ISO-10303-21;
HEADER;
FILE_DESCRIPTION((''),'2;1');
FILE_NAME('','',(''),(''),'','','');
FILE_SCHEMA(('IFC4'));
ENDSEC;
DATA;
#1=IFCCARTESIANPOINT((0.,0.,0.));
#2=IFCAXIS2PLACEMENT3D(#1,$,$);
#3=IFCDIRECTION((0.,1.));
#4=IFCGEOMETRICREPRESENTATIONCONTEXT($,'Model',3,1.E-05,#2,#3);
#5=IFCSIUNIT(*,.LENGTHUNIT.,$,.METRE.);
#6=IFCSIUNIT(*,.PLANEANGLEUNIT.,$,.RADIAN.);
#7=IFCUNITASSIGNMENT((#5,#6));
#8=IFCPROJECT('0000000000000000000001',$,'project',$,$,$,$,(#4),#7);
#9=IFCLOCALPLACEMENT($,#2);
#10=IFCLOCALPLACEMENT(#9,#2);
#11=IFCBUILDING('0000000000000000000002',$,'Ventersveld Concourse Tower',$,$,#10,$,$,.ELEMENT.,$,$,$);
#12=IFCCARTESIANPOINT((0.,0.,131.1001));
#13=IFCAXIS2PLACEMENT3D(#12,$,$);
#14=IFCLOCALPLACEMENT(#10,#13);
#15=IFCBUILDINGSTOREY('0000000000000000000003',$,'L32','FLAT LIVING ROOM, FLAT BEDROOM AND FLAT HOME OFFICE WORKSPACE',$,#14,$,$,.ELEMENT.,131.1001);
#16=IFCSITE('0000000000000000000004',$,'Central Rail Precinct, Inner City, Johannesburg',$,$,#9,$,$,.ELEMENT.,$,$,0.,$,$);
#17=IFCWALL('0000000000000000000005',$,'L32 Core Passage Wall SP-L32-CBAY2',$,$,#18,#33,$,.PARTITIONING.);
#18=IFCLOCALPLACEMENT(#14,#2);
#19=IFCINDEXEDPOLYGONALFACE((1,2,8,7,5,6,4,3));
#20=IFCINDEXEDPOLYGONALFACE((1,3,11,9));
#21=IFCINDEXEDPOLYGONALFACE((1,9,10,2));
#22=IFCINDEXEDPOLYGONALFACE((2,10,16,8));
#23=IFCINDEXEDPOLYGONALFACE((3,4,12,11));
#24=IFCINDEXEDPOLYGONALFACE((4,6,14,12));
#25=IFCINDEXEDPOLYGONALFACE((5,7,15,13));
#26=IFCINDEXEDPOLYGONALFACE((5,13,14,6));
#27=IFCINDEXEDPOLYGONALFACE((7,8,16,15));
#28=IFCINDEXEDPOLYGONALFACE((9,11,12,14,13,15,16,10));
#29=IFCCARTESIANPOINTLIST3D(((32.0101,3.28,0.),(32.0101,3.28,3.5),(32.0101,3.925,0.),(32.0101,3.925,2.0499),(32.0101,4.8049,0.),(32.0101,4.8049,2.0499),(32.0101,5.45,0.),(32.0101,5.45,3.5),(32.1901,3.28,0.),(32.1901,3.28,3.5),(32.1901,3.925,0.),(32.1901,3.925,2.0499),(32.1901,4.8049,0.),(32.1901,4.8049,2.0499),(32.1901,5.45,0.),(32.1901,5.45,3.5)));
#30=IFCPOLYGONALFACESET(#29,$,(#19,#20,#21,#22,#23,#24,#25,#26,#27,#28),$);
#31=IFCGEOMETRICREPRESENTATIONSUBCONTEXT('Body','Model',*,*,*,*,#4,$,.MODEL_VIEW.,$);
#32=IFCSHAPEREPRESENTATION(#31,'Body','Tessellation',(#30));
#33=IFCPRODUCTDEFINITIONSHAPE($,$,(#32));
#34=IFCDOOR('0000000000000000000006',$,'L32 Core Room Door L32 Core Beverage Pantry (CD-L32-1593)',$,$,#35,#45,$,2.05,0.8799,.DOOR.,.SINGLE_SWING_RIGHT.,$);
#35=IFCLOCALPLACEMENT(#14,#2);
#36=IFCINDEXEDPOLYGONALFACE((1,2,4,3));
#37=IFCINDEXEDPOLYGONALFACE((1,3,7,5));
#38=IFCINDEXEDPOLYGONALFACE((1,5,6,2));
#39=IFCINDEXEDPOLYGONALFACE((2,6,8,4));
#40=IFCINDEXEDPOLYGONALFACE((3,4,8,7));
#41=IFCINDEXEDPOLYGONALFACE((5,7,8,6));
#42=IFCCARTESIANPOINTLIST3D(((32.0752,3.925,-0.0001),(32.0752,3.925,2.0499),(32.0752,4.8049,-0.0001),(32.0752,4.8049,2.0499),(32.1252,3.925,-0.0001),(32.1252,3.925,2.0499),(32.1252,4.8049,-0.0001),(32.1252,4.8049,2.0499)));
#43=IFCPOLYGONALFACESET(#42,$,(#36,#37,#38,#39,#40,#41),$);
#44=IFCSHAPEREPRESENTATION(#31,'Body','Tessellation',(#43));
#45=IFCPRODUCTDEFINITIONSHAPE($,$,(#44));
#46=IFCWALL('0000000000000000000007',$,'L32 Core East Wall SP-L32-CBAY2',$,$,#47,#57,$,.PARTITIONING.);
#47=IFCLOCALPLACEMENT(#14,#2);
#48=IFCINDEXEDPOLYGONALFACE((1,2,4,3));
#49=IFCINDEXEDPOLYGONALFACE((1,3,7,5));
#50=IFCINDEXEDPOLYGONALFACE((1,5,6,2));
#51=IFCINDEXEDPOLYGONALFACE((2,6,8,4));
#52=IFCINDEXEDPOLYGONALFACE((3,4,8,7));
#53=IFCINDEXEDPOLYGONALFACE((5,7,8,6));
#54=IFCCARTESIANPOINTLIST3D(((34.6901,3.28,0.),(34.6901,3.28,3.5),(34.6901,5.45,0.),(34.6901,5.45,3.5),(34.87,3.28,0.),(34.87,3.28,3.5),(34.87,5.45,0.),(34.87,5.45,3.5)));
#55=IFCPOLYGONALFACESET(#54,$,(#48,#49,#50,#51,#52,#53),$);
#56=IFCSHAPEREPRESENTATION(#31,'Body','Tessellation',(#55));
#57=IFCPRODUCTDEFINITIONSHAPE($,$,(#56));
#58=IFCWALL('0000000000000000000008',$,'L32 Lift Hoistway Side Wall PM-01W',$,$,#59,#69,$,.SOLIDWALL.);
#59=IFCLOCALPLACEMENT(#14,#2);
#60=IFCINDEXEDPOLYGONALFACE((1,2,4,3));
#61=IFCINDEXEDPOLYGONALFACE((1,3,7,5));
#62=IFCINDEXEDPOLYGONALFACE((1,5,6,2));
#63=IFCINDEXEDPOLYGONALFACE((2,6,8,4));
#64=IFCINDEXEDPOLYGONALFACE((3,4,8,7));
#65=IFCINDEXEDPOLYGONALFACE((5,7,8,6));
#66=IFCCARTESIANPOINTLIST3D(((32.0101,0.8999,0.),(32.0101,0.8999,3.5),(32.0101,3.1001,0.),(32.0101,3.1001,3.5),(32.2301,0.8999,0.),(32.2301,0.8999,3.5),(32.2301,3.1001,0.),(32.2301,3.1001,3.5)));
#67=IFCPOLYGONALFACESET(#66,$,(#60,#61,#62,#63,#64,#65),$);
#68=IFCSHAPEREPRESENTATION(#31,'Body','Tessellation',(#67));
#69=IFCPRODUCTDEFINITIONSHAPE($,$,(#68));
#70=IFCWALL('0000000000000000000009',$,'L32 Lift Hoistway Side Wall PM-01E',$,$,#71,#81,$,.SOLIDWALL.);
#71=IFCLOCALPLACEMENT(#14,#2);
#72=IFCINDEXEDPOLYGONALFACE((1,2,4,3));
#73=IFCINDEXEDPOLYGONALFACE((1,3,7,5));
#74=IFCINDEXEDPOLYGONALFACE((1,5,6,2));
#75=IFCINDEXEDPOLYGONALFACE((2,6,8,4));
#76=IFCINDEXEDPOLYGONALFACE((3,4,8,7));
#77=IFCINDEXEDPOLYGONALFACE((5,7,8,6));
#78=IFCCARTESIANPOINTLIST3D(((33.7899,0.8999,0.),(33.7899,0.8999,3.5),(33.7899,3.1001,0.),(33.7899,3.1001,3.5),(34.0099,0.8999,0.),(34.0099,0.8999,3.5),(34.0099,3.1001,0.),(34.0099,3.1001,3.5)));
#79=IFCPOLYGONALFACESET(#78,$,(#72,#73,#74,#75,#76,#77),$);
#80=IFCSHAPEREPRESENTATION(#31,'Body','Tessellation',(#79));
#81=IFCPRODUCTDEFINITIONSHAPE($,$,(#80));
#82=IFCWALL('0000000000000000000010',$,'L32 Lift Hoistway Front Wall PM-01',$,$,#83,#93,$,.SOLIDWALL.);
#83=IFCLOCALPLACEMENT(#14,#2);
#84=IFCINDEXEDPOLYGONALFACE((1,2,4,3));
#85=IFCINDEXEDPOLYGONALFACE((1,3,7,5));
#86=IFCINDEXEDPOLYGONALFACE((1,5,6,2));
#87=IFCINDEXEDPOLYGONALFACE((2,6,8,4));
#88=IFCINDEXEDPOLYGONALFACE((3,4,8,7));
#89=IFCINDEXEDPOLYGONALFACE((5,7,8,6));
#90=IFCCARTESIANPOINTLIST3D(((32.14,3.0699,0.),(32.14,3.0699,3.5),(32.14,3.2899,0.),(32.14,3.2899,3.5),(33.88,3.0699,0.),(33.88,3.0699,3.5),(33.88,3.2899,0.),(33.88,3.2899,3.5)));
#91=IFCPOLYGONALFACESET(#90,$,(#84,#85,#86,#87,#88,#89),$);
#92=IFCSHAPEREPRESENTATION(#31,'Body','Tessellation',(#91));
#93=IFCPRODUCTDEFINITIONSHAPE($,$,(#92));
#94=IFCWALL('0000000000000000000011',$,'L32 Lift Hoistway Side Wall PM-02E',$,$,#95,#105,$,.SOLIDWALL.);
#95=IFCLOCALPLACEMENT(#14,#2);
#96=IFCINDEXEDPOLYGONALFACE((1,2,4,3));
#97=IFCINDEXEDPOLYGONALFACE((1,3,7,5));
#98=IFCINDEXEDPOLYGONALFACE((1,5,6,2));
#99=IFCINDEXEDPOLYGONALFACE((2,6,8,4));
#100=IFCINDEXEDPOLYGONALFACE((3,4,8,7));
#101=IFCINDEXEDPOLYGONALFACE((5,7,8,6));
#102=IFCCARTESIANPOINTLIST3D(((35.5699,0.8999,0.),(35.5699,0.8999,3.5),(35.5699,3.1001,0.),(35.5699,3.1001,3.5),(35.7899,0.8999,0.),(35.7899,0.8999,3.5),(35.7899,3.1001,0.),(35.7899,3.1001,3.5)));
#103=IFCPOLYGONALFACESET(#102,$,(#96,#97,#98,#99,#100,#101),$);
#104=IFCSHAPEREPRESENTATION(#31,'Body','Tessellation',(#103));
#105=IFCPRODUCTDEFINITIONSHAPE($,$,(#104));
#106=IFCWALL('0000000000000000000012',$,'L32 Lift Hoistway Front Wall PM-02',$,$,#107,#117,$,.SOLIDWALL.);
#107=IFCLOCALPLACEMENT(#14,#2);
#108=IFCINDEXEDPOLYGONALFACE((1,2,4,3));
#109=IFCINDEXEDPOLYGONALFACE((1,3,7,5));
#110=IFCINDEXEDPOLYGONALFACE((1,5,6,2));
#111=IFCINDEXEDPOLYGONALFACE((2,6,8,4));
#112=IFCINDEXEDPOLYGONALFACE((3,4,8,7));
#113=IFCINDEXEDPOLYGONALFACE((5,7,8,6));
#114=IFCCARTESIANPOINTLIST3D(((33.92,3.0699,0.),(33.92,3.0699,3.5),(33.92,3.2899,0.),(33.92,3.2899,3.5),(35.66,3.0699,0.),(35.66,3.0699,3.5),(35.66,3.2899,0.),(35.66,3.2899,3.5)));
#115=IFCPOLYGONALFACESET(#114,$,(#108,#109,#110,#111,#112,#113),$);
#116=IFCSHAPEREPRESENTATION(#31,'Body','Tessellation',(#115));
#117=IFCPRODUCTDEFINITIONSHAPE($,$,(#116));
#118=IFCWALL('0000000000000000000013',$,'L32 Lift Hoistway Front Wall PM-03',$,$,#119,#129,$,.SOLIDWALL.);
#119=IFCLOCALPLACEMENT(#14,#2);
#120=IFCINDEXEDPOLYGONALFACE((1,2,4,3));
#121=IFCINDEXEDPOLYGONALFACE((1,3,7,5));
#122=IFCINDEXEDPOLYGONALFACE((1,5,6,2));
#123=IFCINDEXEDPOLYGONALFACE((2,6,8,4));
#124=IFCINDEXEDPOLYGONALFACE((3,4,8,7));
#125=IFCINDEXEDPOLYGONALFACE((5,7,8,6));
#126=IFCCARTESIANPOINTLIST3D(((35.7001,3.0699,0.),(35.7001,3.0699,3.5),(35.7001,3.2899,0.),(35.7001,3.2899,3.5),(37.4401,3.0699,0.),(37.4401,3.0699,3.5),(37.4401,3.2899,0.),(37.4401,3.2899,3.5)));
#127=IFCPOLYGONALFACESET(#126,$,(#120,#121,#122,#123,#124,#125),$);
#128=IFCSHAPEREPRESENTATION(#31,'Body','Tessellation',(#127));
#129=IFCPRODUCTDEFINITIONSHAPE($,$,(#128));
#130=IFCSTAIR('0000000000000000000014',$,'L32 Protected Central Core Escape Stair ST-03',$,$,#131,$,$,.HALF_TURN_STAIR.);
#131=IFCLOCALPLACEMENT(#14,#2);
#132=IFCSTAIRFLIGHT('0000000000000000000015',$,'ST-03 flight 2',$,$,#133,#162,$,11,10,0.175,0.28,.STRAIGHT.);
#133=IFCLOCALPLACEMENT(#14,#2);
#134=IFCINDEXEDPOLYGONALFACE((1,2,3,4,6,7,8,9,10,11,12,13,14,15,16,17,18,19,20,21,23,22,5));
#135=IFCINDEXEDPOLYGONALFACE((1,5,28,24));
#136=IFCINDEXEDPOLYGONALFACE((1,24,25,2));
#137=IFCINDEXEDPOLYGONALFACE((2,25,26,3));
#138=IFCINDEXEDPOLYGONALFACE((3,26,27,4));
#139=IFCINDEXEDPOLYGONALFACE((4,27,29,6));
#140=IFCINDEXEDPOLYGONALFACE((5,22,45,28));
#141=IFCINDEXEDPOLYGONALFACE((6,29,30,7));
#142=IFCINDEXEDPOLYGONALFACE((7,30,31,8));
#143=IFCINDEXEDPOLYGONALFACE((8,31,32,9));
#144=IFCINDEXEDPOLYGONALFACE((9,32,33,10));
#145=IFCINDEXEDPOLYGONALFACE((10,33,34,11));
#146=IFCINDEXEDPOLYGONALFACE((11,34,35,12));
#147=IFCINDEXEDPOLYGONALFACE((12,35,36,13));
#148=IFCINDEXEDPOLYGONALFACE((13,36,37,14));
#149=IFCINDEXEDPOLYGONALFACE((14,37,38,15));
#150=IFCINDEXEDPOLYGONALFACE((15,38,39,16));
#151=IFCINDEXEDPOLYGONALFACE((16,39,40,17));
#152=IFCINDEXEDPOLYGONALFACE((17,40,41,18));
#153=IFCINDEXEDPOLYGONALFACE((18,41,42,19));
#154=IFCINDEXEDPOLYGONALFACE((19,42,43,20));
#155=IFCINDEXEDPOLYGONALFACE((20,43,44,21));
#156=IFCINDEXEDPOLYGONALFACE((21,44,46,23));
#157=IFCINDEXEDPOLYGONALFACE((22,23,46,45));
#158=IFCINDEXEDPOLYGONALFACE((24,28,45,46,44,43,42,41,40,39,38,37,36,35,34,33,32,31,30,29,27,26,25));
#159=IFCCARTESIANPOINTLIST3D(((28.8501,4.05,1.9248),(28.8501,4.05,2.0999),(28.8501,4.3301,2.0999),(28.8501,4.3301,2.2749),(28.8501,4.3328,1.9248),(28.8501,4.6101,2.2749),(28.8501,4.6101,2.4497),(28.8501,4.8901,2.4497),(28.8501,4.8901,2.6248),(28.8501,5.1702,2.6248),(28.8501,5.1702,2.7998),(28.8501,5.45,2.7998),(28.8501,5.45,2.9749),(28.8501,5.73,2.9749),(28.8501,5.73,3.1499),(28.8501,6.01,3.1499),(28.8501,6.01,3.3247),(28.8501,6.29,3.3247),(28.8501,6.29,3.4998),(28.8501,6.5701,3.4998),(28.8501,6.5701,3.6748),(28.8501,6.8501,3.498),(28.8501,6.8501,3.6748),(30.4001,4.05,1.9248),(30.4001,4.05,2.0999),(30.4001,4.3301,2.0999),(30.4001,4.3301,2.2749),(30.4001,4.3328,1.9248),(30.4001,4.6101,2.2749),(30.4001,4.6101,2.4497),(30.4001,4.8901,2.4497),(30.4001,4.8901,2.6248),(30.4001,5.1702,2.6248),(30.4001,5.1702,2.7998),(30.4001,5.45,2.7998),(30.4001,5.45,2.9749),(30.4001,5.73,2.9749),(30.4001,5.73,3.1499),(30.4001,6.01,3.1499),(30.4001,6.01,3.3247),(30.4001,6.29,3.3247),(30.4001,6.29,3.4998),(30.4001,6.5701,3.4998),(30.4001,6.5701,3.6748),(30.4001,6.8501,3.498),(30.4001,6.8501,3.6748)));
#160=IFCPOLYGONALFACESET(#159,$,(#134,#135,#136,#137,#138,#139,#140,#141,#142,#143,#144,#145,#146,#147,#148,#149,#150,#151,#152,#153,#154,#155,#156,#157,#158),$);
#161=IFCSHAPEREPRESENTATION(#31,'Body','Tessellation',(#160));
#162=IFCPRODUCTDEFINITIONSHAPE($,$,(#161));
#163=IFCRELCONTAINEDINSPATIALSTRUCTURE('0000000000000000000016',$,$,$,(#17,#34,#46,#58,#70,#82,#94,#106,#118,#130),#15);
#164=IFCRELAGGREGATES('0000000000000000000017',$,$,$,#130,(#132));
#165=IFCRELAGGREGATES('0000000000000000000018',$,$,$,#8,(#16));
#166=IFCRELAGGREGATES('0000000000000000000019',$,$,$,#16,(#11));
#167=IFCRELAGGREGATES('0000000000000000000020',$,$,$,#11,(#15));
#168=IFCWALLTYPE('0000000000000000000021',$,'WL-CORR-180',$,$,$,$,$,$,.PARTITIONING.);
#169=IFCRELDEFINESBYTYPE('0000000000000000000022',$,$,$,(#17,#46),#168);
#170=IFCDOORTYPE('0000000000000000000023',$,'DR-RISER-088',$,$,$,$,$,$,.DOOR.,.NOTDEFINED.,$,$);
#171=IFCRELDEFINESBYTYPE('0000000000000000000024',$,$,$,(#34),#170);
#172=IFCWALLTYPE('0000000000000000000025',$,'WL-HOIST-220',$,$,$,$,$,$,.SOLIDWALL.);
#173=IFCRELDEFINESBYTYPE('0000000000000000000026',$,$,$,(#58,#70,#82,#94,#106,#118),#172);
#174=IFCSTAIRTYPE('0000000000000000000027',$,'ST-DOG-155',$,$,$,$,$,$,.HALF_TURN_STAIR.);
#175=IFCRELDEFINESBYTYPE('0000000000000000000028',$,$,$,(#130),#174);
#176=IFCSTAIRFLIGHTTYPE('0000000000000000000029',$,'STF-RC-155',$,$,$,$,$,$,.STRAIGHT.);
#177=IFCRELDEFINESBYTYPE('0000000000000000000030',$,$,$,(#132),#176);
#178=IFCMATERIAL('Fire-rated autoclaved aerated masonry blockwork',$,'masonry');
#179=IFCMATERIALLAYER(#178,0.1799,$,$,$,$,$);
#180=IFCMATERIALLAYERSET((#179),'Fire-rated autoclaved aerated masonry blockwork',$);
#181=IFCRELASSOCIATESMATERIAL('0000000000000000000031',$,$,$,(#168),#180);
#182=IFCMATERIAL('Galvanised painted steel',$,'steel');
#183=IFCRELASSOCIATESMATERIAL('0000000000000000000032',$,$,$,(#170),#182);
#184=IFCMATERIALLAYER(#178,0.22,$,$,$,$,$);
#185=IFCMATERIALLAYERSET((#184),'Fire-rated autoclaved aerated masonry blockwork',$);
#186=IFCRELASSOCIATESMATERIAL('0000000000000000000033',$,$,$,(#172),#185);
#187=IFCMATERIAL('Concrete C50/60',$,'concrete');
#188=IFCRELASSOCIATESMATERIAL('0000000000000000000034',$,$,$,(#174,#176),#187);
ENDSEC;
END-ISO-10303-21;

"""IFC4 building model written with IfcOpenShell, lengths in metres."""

from ifc_helpers import new_model, si_unit, direction, frame, frame_2d, origin, place, context, subcontext, project, spatial, polyline, rectangle, outline, extrude, material, layer, layer_set, type_object, element, fill, aggregate, save


model = new_model("IFC4")

# Units and contexts
model_context = context("Model", 3, precision=1e-05, world=origin(), true_north=direction((0.0, 1.0)))
body_context = subcontext(model_context, "Body", "Model", "MODEL_VIEW")
ifc_project = project(units=[si_unit("LENGTHUNIT", "METRE"), si_unit("PLANEANGLEUNIT", "RADIAN")], contexts=[model_context])

# Site, building, storey
site_placement = place(None, origin())
site = spatial("IfcSite", under=ifc_project, at=site_placement, Name="Central Rail Precinct, Inner City, Johannesburg", CompositionType="ELEMENT", RefElevation=0.0)
building_placement = place(site_placement, origin())
building = spatial("IfcBuilding", under=site, at=building_placement, Name="Ventersveld Concourse Tower", CompositionType="ELEMENT")
storey_placement = place(building_placement, frame((0.0, 0.0, 131.1001)))
storey = spatial("IfcBuildingStorey", under=building, at=storey_placement, Name="L32", Description="FLAT LIVING ROOM, FLAT BEDROOM AND FLAT HOME OFFICE WORKSPACE", CompositionType="ELEMENT", Elevation=131.1001)

# Shared definitions
ifc_material_1 = material(Name="Concrete C50/60", Category="concrete")

# Wall, opening, door
ifc_material_2 = material(Name="Fire-rated autoclaved aerated masonry blockwork", Category="masonry")
ifc_layer_1 = layer(ifc_material_2, 0.1799)
ifc_layer_set_1 = layer_set([ifc_layer_1], Name="Fire-rated autoclaved aerated masonry blockwork")
wall_type_1 = type_object("IfcWallType", Name="WL-CORR-180", PredefinedType="PARTITIONING", material=ifc_layer_set_1)
wall_1_placement = place(storey_placement, frame((32.1001, 3.28, 0.0), z_axis=(0.0, 0.0, 1.0), x_axis=(0.0, 1.0, 0.0)))
wall_1 = element("IfcWall", 1, at=wall_1_placement, inside=storey, type_object=wall_type_1, Name="L32 Core Passage Wall SP-L32-CBAY2", PredefinedType="PARTITIONING", context=body_context, shape_type="SweptSolid", body=[
    extrude(rectangle(XDim=2.1699, YDim=0.1799, at=frame_2d((1.085, 0.0))), origin(), (0.0, 0.0, 1.0), 3.5),
])
opening_placement = place(wall_1_placement, frame((0.645, 0.0, 0.0)))
opening = element("IfcOpeningElement", 2, at=opening_placement, cuts=wall_1, PredefinedType="OPENING", context=body_context, shape_type="SweptSolid", body=[
    extrude(rectangle(XDim=0.8799, YDim=2.05, at=frame_2d((0.4399, 1.0249))), frame((0.0, 0.1001, 0.0), z_axis=(0.0, -1.0, 0.0), x_axis=(1.0, 0.0, 0.0)), (0.0, 0.0, 1.0), 0.2),
])
ifc_material_3 = material(Name="Galvanised painted steel", Category="steel")
door_type = type_object("IfcDoorType", Name="DR-RISER-088", OperationType="NOTDEFINED", PredefinedType="DOOR", material=ifc_material_3)
door_placement = place(opening_placement, origin())
door = element("IfcDoor", 3, at=door_placement, inside=storey, type_object=door_type, Name="L32 Core Room Door L32 Core Beverage Pantry (CD-L32-1593)", OperationType="SINGLE_SWING_RIGHT", OverallHeight=2.05, OverallWidth=0.8799, PredefinedType="DOOR", context=body_context, shape_type="SweptSolid", body=[
    extrude(rectangle(XDim=0.8799, YDim=2.05, at=frame_2d((0.4399, 1.0249))), frame((0.0, 0.0249, 0.0), z_axis=(0.0, -1.0, 0.0), x_axis=(1.0, 0.0, 0.0)), (0.0, 0.0, 1.0), 0.05),
])
fill(opening, door)

# Walls
wall_2_placement = place(storey_placement, frame((34.78, 3.28, 0.0), z_axis=(0.0, 0.0, 1.0), x_axis=(0.0, 1.0, 0.0)))
element("IfcWall", 4, at=wall_2_placement, inside=storey, type_object=wall_type_1, Name="L32 Core East Wall SP-L32-CBAY2", PredefinedType="PARTITIONING", context=body_context, shape_type="SweptSolid", body=[
    extrude(rectangle(XDim=2.1699, YDim=0.1799, at=frame_2d((1.085, 0.0))), origin(), (0.0, 0.0, 1.0), 3.5),
])
ifc_layer_2 = layer(ifc_material_2, 0.22)
ifc_layer_set_2 = layer_set([ifc_layer_2], Name="Fire-rated autoclaved aerated masonry blockwork")
wall_type_2 = type_object("IfcWallType", Name="WL-HOIST-220", PredefinedType="SOLIDWALL", material=ifc_layer_set_2)
for number, where, z_axis, x_axis, name in (
    (5, (32.1201, 0.8999, 0.0), (0.0, 0.0, 1.0), (0.0, 1.0, 0.0), "L32 Lift Hoistway Side Wall PM-01W"),
    (6, (33.8999, 0.8999, 0.0), (0.0, 0.0, 1.0), (0.0, 1.0, 0.0), "L32 Lift Hoistway Side Wall PM-01E"),
):
    element("IfcWall", number, at=place(storey_placement, frame(where, z_axis=z_axis, x_axis=x_axis)), inside=storey, type_object=wall_type_2, Name=name, PredefinedType="SOLIDWALL", context=body_context, shape_type="SweptSolid", body=[
        extrude(rectangle(XDim=2.2002, YDim=0.22, at=frame_2d((1.1001, 0.0))), origin(), (0.0, 0.0, 1.0), 3.5),
    ])
wall_3_placement = place(storey_placement, frame((32.1399, 3.1799, 0.0), z_axis=(0.0, 0.0, 1.0), x_axis=(1.0, 0.0, 0.0)))
element("IfcWall", 7, at=wall_3_placement, inside=storey, type_object=wall_type_2, Name="L32 Lift Hoistway Front Wall PM-01", PredefinedType="SOLIDWALL", context=body_context, shape_type="SweptSolid", body=[
    extrude(rectangle(XDim=1.74, YDim=0.22, at=frame_2d((0.8701, 0.0))), origin(), (0.0, 0.0, 1.0), 3.5),
])
wall_4_placement = place(storey_placement, frame((35.6799, 0.8999, 0.0), z_axis=(0.0, 0.0, 1.0), x_axis=(0.0, 1.0, 0.0)))
element("IfcWall", 8, at=wall_4_placement, inside=storey, type_object=wall_type_2, Name="L32 Lift Hoistway Side Wall PM-02E", PredefinedType="SOLIDWALL", context=body_context, shape_type="SweptSolid", body=[
    extrude(rectangle(XDim=2.2002, YDim=0.22, at=frame_2d((1.1001, 0.0))), origin(), (0.0, 0.0, 1.0), 3.5),
])
for number, where, z_axis, x_axis, name in (
    (9, (33.9199, 3.1799, 0.0), (0.0, 0.0, 1.0), (1.0, 0.0, 0.0), "L32 Lift Hoistway Front Wall PM-02"),
    (10, (35.7, 3.1799, 0.0), (0.0, 0.0, 1.0), (1.0, 0.0, 0.0), "L32 Lift Hoistway Front Wall PM-03"),
):
    element("IfcWall", number, at=place(storey_placement, frame(where, z_axis=z_axis, x_axis=x_axis)), inside=storey, type_object=wall_type_2, Name=name, PredefinedType="SOLIDWALL", context=body_context, shape_type="SweptSolid", body=[
        extrude(rectangle(XDim=1.74, YDim=0.22, at=frame_2d((0.8701, 0.0))), origin(), (0.0, 0.0, 1.0), 3.5),
    ])

# Stair, stair flight
stair_type = type_object("IfcStairType", Name="ST-DOG-155", PredefinedType="HALF_TURN_STAIR", material=ifc_material_1)
stair_placement = place(storey_placement, origin())
stair = element("IfcStair", 11, at=stair_placement, inside=storey, type_object=stair_type, Name="L32 Protected Central Core Escape Stair ST-03", PredefinedType="HALF_TURN_STAIR")
stair_flight_type = type_object("IfcStairFlightType", Name="STF-RC-155", PredefinedType="STRAIGHT", material=ifc_material_1)
stair_flight_placement = place(storey_placement, frame((29.625, 4.05, 1.9248), z_axis=(0.0, 0.0, 1.0), x_axis=(0.0, 1.0, 0.0)))
stair_flight = element("IfcStairFlight", 12, at=stair_flight_placement, type_object=stair_flight_type, Name="ST-03 flight 2", NumberOfRisers=11, NumberOfTreads=10, PredefinedType="STRAIGHT", RiserHeight=0.175, TreadLength=0.28, context=body_context, shape_type="SweptSolid", body=[
    extrude(outline(polyline([(0.0, 0.0), (0.0, 0.175), (0.28, 0.175), (0.28, 0.3501), (0.5601, 0.3501), (0.5601, 0.5249), (0.8401, 0.5249), (0.8401, 0.7), (1.1201, 0.7), (1.1201, 0.875), (1.3999, 0.875), (1.3999, 1.05), (1.6799, 1.05), (1.6799, 1.2251), (1.96, 1.2251), (1.96, 1.3999), (2.24, 1.3999), (2.24, 1.575), (2.52, 1.575), (2.52, 1.75), (2.8, 1.75), (2.8, 1.925), (2.8, 1.5732), (0.2827, 0.0), (0.0, 0.0)])), frame((0.0, 0.7749, 0.0), z_axis=(0.0, -1.0, 0.0), x_axis=(1.0, 0.0, 0.0)), (0.0, 0.0, 1.0), 1.55),
])
aggregate(stair, [stair_flight])

save(model, "model.ifc")
